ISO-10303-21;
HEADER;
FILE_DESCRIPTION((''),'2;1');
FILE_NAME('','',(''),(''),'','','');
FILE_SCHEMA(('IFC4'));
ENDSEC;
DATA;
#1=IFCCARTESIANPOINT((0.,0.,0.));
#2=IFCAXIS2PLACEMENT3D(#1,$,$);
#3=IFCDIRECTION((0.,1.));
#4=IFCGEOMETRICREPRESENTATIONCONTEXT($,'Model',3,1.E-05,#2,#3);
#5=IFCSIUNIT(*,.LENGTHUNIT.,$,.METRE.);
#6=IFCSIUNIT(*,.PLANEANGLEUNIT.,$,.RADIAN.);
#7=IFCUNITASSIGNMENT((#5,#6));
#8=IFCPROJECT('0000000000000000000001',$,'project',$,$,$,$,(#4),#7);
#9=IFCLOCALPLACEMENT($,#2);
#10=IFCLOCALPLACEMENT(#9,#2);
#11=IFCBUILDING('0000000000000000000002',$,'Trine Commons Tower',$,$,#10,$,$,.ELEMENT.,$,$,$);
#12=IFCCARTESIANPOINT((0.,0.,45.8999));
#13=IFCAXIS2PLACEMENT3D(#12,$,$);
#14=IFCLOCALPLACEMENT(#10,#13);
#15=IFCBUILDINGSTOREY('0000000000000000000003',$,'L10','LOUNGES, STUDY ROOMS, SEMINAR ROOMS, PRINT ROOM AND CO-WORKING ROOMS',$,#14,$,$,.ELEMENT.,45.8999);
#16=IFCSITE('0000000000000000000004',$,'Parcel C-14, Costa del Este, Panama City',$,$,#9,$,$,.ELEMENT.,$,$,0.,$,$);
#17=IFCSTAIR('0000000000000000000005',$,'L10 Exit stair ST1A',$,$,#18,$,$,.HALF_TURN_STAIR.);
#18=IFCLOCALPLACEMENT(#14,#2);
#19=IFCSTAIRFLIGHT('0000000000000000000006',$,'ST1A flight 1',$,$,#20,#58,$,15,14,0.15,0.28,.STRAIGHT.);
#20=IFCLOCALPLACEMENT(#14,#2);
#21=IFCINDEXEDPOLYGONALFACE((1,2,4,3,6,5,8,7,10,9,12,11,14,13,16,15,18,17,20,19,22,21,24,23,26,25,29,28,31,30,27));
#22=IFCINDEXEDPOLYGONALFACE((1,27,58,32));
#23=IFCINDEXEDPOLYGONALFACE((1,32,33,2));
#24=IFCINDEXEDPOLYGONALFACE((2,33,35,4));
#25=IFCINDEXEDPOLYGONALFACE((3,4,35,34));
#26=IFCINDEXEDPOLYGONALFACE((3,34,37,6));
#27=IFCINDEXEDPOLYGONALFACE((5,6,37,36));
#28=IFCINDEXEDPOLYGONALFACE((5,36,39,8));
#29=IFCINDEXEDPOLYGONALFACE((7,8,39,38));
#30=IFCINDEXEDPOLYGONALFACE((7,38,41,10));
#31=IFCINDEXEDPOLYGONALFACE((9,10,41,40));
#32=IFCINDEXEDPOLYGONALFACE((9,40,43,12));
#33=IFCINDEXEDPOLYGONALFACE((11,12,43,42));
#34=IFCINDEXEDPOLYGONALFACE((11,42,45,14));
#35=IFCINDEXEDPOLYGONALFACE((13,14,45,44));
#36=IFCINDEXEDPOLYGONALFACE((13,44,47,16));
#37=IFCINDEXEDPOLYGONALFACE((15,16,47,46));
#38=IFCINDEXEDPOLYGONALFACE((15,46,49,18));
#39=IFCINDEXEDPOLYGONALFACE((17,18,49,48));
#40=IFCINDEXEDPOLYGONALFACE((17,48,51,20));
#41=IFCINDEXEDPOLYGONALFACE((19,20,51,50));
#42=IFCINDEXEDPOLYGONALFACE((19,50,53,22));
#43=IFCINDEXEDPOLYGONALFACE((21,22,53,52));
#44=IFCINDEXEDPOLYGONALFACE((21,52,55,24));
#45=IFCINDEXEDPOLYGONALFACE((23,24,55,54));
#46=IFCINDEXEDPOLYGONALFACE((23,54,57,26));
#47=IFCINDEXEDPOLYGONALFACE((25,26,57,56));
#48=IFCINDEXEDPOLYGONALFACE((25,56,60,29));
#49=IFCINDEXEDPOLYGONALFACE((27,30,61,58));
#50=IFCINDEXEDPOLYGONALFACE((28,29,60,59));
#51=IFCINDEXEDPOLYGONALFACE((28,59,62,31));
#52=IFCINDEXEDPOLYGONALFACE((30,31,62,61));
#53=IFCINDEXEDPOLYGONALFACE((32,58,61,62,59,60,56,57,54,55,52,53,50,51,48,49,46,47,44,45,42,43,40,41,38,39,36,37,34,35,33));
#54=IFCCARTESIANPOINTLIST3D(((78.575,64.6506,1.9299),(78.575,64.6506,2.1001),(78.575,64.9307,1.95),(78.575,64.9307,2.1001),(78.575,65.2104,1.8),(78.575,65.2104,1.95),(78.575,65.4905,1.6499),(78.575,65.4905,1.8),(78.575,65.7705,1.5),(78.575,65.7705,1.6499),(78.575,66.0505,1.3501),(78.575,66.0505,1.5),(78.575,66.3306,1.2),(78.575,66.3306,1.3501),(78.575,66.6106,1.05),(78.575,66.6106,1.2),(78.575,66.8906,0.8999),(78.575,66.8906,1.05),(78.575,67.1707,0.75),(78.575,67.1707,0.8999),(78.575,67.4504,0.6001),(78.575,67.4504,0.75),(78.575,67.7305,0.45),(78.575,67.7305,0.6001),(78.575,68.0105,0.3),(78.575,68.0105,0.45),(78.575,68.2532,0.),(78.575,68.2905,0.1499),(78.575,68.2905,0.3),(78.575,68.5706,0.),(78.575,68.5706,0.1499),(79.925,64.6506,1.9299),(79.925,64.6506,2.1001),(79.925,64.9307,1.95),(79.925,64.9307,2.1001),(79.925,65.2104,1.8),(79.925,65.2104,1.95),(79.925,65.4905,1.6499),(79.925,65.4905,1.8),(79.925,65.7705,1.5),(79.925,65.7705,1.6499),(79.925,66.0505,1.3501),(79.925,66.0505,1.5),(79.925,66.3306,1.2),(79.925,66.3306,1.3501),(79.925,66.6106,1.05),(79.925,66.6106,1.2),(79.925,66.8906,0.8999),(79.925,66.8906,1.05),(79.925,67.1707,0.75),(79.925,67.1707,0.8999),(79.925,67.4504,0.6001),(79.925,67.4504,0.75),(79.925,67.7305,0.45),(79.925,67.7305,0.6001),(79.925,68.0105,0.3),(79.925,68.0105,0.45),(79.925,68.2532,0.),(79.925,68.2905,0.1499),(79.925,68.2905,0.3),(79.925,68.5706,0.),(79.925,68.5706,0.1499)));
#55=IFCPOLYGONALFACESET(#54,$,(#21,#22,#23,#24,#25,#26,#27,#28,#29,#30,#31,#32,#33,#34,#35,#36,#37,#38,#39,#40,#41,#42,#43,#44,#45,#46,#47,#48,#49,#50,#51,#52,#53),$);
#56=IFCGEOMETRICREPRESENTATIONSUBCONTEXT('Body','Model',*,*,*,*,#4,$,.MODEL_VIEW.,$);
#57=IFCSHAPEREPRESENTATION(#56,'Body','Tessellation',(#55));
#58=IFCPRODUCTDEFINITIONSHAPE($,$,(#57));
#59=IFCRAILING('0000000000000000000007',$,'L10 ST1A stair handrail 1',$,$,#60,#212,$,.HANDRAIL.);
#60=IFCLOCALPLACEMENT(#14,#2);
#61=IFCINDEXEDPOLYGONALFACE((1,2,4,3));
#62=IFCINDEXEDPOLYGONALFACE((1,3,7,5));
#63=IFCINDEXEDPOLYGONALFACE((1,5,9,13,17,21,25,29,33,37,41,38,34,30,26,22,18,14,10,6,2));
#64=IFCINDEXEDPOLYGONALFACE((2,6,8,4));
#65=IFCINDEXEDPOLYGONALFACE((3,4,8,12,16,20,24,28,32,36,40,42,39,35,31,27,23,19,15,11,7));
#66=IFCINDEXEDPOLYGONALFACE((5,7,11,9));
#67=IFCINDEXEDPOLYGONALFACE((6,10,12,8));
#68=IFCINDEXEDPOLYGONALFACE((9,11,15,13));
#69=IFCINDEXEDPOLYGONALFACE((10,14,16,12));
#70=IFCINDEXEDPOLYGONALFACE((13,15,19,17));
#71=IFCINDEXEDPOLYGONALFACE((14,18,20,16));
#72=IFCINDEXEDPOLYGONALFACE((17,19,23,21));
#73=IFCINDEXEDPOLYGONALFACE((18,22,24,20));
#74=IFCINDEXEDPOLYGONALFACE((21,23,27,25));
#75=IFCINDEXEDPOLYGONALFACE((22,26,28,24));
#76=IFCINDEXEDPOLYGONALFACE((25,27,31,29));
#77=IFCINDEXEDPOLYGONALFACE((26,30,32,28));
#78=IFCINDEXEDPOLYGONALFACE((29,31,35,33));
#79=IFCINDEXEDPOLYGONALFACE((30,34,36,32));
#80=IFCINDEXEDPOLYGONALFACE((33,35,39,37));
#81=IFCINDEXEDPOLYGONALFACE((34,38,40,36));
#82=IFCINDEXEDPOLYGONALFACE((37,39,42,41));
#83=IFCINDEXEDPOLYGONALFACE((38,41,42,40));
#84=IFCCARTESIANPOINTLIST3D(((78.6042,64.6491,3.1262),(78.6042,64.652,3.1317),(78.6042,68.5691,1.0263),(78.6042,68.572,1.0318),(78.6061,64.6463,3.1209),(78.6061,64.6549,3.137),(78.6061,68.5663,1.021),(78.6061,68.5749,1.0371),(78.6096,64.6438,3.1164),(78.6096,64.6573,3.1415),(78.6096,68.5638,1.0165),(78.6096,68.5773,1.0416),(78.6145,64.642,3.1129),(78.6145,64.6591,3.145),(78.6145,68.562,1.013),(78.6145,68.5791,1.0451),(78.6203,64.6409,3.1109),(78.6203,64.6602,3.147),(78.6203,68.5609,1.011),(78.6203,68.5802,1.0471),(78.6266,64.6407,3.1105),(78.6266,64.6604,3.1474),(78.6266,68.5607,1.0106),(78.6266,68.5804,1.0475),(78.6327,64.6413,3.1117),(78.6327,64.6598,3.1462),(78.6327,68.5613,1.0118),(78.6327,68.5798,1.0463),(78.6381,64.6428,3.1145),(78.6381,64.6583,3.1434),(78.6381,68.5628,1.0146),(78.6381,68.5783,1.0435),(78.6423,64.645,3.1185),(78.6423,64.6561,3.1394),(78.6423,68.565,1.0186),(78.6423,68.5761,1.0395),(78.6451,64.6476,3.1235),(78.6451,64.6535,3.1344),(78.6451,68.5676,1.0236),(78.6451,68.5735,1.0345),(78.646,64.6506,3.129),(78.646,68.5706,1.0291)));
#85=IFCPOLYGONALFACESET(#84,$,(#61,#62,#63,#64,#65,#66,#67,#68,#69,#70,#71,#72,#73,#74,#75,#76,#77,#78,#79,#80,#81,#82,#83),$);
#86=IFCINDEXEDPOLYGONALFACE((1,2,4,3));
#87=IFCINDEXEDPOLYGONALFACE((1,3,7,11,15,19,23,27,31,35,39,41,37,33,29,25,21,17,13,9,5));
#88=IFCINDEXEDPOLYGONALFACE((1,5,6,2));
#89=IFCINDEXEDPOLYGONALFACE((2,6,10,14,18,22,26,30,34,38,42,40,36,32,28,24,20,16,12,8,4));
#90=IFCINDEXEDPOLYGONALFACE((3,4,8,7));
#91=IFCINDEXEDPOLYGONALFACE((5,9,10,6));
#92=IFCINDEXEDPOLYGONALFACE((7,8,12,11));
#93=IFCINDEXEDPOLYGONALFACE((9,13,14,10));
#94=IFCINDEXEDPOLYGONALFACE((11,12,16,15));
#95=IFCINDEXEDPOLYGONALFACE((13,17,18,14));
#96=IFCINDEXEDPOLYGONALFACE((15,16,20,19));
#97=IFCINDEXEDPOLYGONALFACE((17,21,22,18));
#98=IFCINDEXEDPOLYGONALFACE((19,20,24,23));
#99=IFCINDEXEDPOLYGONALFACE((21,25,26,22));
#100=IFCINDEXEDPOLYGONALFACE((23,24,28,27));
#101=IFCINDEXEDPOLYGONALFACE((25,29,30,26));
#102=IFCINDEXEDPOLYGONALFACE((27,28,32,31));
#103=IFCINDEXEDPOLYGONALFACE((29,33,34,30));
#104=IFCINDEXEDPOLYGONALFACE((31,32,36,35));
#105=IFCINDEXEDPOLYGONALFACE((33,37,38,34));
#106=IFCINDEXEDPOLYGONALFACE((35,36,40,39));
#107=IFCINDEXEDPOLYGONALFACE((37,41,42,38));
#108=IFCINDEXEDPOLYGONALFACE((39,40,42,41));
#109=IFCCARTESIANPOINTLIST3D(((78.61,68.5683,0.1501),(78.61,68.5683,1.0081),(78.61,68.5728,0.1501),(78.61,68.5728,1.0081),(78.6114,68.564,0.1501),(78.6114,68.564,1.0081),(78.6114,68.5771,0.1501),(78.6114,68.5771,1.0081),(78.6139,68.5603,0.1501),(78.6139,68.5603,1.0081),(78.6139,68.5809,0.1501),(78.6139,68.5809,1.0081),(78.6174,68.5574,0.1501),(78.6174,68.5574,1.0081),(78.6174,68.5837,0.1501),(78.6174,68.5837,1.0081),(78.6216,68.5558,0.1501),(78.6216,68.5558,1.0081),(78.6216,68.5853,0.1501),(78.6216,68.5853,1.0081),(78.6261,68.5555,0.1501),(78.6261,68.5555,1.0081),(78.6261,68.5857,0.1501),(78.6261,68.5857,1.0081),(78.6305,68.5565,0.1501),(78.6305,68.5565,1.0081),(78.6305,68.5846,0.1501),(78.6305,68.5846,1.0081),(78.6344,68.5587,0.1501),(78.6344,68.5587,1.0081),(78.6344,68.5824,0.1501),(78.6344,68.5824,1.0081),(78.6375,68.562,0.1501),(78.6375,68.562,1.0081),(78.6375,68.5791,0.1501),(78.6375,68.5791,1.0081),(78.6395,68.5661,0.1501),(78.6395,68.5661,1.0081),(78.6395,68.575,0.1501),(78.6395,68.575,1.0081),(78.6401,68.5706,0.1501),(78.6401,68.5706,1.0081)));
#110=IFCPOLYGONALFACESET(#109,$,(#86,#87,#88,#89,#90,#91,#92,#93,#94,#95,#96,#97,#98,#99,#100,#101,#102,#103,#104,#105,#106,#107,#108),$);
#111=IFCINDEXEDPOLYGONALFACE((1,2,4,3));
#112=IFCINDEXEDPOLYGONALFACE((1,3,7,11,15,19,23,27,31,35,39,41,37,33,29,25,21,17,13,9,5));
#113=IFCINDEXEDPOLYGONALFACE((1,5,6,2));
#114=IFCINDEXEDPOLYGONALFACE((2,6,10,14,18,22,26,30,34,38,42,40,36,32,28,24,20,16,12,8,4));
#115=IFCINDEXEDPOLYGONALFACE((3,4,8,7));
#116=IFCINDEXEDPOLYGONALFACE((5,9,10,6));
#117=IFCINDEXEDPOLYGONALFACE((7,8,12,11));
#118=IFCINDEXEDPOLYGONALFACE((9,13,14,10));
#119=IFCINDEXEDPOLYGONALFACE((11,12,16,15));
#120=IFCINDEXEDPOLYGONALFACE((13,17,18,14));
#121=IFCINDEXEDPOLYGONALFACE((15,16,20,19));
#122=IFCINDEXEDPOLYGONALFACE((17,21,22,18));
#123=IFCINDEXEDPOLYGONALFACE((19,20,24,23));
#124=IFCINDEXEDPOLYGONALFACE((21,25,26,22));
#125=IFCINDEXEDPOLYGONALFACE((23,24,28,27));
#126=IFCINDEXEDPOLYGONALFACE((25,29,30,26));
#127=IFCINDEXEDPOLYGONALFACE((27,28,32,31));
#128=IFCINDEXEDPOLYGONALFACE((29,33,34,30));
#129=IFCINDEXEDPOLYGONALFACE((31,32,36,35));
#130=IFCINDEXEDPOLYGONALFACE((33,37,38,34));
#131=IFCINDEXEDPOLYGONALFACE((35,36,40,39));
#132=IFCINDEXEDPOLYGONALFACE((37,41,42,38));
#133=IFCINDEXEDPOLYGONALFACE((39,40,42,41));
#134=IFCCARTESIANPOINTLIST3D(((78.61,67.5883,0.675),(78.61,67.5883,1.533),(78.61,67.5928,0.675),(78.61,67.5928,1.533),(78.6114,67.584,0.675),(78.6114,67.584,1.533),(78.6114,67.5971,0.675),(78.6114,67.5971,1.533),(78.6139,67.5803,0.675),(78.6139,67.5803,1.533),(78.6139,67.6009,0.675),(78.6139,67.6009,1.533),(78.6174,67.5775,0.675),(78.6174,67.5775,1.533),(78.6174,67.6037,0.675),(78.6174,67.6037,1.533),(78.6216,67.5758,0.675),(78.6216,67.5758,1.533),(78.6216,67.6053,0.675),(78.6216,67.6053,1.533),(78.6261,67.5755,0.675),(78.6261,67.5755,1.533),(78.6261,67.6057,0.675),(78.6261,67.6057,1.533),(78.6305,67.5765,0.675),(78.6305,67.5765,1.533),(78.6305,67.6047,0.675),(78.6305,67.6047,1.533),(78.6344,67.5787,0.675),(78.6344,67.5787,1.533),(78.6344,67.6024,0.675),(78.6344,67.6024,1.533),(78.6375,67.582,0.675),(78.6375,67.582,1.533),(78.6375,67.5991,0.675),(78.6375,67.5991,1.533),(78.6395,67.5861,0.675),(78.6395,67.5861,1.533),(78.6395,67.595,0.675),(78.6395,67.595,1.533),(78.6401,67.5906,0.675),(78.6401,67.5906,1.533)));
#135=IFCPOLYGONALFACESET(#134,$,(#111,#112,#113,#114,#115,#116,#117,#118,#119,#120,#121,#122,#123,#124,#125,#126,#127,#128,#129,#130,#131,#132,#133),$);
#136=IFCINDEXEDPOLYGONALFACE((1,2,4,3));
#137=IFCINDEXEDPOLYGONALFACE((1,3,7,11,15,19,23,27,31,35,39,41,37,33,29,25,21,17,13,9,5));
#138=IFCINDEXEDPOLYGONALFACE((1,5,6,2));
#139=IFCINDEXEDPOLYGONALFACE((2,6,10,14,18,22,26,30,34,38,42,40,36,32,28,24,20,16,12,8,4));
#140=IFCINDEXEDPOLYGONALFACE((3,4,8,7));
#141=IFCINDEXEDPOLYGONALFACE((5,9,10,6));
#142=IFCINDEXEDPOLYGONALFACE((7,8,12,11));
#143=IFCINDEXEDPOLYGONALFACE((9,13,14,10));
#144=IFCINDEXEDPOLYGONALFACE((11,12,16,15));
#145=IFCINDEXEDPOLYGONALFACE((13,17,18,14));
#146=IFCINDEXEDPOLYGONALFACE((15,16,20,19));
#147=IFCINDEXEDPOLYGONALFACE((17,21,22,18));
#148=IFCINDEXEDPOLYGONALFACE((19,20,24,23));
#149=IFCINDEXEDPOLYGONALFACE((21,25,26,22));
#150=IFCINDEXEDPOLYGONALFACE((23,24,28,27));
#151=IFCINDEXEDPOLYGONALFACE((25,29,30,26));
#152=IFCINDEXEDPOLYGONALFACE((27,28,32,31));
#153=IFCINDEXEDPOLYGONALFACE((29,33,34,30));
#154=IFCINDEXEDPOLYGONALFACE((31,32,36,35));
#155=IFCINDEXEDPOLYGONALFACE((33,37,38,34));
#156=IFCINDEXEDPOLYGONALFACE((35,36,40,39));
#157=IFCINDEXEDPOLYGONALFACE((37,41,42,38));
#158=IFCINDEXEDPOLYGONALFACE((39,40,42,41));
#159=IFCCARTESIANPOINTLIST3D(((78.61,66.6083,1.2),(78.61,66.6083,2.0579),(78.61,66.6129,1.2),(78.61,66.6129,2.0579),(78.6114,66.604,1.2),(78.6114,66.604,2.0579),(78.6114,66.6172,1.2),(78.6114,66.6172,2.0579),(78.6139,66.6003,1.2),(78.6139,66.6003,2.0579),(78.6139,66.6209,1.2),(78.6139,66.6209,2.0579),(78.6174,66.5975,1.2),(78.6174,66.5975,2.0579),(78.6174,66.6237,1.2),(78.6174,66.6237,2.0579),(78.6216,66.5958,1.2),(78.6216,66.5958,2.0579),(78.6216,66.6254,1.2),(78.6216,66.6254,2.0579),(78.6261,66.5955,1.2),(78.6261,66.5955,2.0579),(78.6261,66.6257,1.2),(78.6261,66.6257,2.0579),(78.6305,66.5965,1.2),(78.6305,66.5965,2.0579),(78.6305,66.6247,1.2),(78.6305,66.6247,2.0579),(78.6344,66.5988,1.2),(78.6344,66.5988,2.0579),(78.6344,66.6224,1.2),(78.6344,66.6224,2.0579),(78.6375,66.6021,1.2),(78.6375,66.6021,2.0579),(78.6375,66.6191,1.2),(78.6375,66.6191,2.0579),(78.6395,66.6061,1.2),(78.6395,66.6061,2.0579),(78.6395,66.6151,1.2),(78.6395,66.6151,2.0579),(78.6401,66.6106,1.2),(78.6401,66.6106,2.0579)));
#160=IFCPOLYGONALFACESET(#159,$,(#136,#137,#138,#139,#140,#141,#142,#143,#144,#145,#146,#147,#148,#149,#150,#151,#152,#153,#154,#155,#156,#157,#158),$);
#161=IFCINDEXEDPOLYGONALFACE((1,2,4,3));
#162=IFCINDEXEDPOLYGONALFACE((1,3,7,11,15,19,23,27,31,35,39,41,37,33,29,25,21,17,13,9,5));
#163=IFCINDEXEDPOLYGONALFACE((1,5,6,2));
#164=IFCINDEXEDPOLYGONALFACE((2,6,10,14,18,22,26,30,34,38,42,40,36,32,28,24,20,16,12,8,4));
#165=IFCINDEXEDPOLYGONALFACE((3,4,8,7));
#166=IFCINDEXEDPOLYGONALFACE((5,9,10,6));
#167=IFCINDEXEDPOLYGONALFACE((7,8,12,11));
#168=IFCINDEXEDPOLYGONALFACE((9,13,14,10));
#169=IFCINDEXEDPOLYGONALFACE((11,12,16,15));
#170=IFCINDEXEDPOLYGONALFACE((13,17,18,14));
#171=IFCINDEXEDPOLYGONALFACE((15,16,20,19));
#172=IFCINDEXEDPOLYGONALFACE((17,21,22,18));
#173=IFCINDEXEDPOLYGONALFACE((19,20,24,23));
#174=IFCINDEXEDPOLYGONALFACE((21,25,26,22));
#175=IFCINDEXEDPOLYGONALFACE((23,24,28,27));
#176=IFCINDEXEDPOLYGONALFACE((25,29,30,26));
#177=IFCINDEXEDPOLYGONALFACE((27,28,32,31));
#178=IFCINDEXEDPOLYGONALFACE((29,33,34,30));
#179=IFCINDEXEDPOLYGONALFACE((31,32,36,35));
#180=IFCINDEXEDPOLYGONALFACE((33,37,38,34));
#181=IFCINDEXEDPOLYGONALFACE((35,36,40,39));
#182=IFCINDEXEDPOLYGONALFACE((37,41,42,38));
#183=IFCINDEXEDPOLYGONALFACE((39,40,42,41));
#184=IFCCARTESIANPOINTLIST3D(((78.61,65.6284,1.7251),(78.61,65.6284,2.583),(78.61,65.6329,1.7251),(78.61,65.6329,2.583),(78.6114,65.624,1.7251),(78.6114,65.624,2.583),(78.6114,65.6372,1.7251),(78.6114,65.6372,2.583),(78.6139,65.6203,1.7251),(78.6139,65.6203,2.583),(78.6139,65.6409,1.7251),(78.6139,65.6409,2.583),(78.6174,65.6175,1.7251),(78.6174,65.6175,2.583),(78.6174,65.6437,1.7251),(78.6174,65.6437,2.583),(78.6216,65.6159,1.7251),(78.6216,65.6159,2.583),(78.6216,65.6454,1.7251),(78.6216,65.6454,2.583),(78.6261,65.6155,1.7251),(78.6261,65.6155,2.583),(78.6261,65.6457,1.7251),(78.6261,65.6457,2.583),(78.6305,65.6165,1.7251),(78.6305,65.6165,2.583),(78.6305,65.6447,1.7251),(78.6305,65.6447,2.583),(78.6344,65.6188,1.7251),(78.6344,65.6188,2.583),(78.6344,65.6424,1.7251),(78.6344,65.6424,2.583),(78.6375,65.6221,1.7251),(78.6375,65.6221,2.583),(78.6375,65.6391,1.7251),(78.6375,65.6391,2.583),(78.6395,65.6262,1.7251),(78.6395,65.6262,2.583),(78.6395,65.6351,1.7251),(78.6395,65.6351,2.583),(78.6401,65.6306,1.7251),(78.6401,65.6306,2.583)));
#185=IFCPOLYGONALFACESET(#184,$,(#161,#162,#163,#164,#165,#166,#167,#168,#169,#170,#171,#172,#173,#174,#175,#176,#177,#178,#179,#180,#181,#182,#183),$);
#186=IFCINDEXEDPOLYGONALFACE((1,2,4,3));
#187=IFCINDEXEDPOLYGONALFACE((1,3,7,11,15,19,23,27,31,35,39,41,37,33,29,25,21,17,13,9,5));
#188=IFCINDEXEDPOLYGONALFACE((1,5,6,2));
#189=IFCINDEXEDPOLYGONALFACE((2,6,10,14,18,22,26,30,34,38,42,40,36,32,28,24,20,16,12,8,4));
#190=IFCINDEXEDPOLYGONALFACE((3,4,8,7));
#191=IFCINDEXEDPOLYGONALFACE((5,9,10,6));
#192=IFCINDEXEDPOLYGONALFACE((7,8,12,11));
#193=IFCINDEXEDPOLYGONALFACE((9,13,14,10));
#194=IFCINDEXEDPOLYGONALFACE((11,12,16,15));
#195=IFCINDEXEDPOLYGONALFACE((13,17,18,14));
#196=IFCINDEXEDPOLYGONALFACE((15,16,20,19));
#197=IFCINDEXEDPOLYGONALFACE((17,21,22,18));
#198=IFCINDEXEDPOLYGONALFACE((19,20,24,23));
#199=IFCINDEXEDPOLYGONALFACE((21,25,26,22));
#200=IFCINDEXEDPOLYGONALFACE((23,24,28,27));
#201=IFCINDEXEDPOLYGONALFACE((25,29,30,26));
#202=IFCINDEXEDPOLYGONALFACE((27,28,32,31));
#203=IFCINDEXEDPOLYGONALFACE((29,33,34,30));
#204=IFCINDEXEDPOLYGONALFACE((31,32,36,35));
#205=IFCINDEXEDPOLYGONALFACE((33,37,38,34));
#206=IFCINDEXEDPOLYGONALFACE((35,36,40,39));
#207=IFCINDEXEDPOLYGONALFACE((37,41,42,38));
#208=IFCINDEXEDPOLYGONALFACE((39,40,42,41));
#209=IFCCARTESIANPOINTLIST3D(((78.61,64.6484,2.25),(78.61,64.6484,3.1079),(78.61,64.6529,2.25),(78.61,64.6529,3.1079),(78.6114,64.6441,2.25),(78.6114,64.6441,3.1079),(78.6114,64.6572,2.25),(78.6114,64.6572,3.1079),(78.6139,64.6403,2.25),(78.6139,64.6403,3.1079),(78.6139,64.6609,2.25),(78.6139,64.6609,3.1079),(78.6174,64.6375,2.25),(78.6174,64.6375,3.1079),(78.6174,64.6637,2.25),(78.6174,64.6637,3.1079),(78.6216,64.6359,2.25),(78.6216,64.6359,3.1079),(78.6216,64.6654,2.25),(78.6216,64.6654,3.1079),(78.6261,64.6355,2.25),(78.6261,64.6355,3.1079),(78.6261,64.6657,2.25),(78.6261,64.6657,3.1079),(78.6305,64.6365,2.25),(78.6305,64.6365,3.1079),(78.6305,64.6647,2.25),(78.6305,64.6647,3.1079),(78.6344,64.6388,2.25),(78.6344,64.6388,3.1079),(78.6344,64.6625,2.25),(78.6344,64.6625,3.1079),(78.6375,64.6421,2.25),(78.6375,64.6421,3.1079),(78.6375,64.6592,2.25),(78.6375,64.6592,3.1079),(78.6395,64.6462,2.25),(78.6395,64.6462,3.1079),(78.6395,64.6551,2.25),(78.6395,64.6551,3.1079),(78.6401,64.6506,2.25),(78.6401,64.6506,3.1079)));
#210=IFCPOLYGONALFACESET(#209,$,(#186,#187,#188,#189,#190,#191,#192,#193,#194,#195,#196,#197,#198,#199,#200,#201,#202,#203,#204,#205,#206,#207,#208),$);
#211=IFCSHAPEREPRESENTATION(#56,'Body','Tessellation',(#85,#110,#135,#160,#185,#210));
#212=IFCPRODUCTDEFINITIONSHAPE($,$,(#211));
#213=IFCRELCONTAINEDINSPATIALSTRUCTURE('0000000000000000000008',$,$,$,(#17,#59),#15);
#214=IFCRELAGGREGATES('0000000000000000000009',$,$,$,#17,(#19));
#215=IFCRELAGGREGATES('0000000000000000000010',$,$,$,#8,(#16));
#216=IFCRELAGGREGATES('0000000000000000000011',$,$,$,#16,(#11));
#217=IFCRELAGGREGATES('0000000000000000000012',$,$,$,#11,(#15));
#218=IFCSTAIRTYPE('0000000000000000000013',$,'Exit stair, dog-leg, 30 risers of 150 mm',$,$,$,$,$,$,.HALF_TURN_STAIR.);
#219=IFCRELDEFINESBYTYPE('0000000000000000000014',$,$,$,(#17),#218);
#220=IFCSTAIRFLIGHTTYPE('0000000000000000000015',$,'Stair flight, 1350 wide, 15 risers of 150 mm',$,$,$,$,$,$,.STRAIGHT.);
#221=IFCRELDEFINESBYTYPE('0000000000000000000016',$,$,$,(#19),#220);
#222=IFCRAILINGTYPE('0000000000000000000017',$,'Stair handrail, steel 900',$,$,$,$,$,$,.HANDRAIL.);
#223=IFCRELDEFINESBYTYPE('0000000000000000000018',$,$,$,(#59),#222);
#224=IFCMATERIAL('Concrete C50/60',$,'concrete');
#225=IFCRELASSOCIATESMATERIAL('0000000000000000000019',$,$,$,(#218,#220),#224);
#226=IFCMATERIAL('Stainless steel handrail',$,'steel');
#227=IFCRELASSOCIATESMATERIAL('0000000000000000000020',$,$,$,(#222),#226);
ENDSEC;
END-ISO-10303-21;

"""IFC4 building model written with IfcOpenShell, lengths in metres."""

from ifc_helpers import new_model, si_unit, direction, frame, origin, origin_2d, place, context, subcontext, project, spatial, polyline, circle, outline, extrude, material, type_object, element, aggregate, save


model = new_model("IFC4")

# Units and contexts
model_context = context("Model", 3, precision=1e-05, world=origin(), true_north=direction((0.0, 1.0)))
body_context = subcontext(model_context, "Body", "Model", "MODEL_VIEW")
ifc_project = project(units=[si_unit("LENGTHUNIT", "METRE"), si_unit("PLANEANGLEUNIT", "RADIAN")], contexts=[model_context])

# Site, building, storey
site_placement = place(None, origin())
site = spatial("IfcSite", under=ifc_project, at=site_placement, Name="Parcel C-14, Costa del Este, Panama City", CompositionType="ELEMENT", RefElevation=0.0)
building_placement = place(site_placement, origin())
building = spatial("IfcBuilding", under=site, at=building_placement, Name="Trine Commons Tower", CompositionType="ELEMENT")
storey_placement = place(building_placement, frame((0.0, 0.0, 45.8999)))
storey = spatial("IfcBuildingStorey", under=building, at=storey_placement, Name="L10", Description="LOUNGES, STUDY ROOMS, SEMINAR ROOMS, PRINT ROOM AND CO-WORKING ROOMS", CompositionType="ELEMENT", Elevation=45.8999)

# Stair, stair flight
ifc_material_1 = material(Name="Concrete C50/60", Category="concrete")
stair_type = type_object("IfcStairType", Name="Exit stair, dog-leg, 30 risers of 150 mm", PredefinedType="HALF_TURN_STAIR", material=ifc_material_1)
stair_placement = place(storey_placement, origin())
stair = element("IfcStair", 1, at=stair_placement, inside=storey, type_object=stair_type, Name="L10 Exit stair ST1A", PredefinedType="HALF_TURN_STAIR")
stair_flight_type = type_object("IfcStairFlightType", Name="Stair flight, 1350 wide, 15 risers of 150 mm", PredefinedType="STRAIGHT", material=ifc_material_1)
stair_flight_placement = place(storey_placement, frame((79.25, 68.5706, 0.0), z_axis=(0.0, 0.0, 1.0), x_axis=(0.0, -1.0, 0.0)))
stair_flight = element("IfcStairFlight", 2, at=stair_flight_placement, type_object=stair_flight_type, Name="ST1A flight 1", NumberOfRisers=15, NumberOfTreads=14, PredefinedType="STRAIGHT", RiserHeight=0.15, TreadLength=0.28, context=body_context, shape_type="SweptSolid", body=[
    extrude(outline(polyline([(0.0, 0.0), (0.0, 0.1499), (0.28, 0.1499), (0.28, 0.3), (0.5601, 0.3), (0.5601, 0.45), (0.8401, 0.45), (0.8401, 0.6001), (1.1201, 0.6001), (1.1201, 0.75), (1.3999, 0.75), (1.3999, 0.8999), (1.6799, 0.8999), (1.6799, 1.05), (1.96, 1.05), (1.96, 1.2), (2.24, 1.2), (2.24, 1.3501), (2.52, 1.3501), (2.52, 1.5), (2.8, 1.5), (2.8, 1.6499), (3.0801, 1.6499), (3.0801, 1.8), (3.3601, 1.8), (3.3601, 1.95), (3.6399, 1.95), (3.6399, 2.1001), (3.9199, 2.1001), (3.9199, 2.25), (3.9199, 1.9299), (0.3174, 0.0), (0.0, 0.0)])), frame((0.0, 0.675, 0.0), z_axis=(0.0, -1.0, 0.0), x_axis=(1.0, 0.0, 0.0)), (0.0, 0.0, 1.0), 1.3501),
])
aggregate(stair, [stair_flight])

# Railing
ifc_material_2 = material(Name="Stainless steel handrail", Category="steel")
railing_type = type_object("IfcRailingType", Name="Stair handrail, steel 900", PredefinedType="HANDRAIL", material=ifc_material_2)
railing_placement = place(storey_placement, frame((78.625, 68.5706, 0.1501)))
element("IfcRailing", 3, at=railing_placement, inside=storey, type_object=railing_type, Name="L10 ST1A stair handrail 1", PredefinedType="HANDRAIL", context=body_context, shape_type="SweptSolid", body=[
    extrude(circle(Radius=0.021, at=origin_2d()), frame((0.0, 0.0, 0.8789), z_axis=(0.0, -0.88149, 0.472203), x_axis=(1.0, 0.0, 0.0)), (0.0, 0.0, 1.0), 4.447),
    extrude(circle(Radius=0.0151, at=origin_2d()), origin(), (0.0, 0.0, 1.0), 0.8579),
    extrude(circle(Radius=0.0151, at=origin_2d()), frame((0.0, -0.98, 0.5249)), (0.0, 0.0, 1.0), 0.8579),
    extrude(circle(Radius=0.0151, at=origin_2d()), frame((0.0, -1.96, 1.0498)), (0.0, 0.0, 1.0), 0.8579),
    extrude(circle(Radius=0.0151, at=origin_2d()), frame((0.0, -2.9399, 1.575)), (0.0, 0.0, 1.0), 0.8579),
    extrude(circle(Radius=0.0151, at=origin_2d()), frame((0.0, -3.9199, 2.0999)), (0.0, 0.0, 1.0), 0.8579),
])

save(model, "model.ifc")
